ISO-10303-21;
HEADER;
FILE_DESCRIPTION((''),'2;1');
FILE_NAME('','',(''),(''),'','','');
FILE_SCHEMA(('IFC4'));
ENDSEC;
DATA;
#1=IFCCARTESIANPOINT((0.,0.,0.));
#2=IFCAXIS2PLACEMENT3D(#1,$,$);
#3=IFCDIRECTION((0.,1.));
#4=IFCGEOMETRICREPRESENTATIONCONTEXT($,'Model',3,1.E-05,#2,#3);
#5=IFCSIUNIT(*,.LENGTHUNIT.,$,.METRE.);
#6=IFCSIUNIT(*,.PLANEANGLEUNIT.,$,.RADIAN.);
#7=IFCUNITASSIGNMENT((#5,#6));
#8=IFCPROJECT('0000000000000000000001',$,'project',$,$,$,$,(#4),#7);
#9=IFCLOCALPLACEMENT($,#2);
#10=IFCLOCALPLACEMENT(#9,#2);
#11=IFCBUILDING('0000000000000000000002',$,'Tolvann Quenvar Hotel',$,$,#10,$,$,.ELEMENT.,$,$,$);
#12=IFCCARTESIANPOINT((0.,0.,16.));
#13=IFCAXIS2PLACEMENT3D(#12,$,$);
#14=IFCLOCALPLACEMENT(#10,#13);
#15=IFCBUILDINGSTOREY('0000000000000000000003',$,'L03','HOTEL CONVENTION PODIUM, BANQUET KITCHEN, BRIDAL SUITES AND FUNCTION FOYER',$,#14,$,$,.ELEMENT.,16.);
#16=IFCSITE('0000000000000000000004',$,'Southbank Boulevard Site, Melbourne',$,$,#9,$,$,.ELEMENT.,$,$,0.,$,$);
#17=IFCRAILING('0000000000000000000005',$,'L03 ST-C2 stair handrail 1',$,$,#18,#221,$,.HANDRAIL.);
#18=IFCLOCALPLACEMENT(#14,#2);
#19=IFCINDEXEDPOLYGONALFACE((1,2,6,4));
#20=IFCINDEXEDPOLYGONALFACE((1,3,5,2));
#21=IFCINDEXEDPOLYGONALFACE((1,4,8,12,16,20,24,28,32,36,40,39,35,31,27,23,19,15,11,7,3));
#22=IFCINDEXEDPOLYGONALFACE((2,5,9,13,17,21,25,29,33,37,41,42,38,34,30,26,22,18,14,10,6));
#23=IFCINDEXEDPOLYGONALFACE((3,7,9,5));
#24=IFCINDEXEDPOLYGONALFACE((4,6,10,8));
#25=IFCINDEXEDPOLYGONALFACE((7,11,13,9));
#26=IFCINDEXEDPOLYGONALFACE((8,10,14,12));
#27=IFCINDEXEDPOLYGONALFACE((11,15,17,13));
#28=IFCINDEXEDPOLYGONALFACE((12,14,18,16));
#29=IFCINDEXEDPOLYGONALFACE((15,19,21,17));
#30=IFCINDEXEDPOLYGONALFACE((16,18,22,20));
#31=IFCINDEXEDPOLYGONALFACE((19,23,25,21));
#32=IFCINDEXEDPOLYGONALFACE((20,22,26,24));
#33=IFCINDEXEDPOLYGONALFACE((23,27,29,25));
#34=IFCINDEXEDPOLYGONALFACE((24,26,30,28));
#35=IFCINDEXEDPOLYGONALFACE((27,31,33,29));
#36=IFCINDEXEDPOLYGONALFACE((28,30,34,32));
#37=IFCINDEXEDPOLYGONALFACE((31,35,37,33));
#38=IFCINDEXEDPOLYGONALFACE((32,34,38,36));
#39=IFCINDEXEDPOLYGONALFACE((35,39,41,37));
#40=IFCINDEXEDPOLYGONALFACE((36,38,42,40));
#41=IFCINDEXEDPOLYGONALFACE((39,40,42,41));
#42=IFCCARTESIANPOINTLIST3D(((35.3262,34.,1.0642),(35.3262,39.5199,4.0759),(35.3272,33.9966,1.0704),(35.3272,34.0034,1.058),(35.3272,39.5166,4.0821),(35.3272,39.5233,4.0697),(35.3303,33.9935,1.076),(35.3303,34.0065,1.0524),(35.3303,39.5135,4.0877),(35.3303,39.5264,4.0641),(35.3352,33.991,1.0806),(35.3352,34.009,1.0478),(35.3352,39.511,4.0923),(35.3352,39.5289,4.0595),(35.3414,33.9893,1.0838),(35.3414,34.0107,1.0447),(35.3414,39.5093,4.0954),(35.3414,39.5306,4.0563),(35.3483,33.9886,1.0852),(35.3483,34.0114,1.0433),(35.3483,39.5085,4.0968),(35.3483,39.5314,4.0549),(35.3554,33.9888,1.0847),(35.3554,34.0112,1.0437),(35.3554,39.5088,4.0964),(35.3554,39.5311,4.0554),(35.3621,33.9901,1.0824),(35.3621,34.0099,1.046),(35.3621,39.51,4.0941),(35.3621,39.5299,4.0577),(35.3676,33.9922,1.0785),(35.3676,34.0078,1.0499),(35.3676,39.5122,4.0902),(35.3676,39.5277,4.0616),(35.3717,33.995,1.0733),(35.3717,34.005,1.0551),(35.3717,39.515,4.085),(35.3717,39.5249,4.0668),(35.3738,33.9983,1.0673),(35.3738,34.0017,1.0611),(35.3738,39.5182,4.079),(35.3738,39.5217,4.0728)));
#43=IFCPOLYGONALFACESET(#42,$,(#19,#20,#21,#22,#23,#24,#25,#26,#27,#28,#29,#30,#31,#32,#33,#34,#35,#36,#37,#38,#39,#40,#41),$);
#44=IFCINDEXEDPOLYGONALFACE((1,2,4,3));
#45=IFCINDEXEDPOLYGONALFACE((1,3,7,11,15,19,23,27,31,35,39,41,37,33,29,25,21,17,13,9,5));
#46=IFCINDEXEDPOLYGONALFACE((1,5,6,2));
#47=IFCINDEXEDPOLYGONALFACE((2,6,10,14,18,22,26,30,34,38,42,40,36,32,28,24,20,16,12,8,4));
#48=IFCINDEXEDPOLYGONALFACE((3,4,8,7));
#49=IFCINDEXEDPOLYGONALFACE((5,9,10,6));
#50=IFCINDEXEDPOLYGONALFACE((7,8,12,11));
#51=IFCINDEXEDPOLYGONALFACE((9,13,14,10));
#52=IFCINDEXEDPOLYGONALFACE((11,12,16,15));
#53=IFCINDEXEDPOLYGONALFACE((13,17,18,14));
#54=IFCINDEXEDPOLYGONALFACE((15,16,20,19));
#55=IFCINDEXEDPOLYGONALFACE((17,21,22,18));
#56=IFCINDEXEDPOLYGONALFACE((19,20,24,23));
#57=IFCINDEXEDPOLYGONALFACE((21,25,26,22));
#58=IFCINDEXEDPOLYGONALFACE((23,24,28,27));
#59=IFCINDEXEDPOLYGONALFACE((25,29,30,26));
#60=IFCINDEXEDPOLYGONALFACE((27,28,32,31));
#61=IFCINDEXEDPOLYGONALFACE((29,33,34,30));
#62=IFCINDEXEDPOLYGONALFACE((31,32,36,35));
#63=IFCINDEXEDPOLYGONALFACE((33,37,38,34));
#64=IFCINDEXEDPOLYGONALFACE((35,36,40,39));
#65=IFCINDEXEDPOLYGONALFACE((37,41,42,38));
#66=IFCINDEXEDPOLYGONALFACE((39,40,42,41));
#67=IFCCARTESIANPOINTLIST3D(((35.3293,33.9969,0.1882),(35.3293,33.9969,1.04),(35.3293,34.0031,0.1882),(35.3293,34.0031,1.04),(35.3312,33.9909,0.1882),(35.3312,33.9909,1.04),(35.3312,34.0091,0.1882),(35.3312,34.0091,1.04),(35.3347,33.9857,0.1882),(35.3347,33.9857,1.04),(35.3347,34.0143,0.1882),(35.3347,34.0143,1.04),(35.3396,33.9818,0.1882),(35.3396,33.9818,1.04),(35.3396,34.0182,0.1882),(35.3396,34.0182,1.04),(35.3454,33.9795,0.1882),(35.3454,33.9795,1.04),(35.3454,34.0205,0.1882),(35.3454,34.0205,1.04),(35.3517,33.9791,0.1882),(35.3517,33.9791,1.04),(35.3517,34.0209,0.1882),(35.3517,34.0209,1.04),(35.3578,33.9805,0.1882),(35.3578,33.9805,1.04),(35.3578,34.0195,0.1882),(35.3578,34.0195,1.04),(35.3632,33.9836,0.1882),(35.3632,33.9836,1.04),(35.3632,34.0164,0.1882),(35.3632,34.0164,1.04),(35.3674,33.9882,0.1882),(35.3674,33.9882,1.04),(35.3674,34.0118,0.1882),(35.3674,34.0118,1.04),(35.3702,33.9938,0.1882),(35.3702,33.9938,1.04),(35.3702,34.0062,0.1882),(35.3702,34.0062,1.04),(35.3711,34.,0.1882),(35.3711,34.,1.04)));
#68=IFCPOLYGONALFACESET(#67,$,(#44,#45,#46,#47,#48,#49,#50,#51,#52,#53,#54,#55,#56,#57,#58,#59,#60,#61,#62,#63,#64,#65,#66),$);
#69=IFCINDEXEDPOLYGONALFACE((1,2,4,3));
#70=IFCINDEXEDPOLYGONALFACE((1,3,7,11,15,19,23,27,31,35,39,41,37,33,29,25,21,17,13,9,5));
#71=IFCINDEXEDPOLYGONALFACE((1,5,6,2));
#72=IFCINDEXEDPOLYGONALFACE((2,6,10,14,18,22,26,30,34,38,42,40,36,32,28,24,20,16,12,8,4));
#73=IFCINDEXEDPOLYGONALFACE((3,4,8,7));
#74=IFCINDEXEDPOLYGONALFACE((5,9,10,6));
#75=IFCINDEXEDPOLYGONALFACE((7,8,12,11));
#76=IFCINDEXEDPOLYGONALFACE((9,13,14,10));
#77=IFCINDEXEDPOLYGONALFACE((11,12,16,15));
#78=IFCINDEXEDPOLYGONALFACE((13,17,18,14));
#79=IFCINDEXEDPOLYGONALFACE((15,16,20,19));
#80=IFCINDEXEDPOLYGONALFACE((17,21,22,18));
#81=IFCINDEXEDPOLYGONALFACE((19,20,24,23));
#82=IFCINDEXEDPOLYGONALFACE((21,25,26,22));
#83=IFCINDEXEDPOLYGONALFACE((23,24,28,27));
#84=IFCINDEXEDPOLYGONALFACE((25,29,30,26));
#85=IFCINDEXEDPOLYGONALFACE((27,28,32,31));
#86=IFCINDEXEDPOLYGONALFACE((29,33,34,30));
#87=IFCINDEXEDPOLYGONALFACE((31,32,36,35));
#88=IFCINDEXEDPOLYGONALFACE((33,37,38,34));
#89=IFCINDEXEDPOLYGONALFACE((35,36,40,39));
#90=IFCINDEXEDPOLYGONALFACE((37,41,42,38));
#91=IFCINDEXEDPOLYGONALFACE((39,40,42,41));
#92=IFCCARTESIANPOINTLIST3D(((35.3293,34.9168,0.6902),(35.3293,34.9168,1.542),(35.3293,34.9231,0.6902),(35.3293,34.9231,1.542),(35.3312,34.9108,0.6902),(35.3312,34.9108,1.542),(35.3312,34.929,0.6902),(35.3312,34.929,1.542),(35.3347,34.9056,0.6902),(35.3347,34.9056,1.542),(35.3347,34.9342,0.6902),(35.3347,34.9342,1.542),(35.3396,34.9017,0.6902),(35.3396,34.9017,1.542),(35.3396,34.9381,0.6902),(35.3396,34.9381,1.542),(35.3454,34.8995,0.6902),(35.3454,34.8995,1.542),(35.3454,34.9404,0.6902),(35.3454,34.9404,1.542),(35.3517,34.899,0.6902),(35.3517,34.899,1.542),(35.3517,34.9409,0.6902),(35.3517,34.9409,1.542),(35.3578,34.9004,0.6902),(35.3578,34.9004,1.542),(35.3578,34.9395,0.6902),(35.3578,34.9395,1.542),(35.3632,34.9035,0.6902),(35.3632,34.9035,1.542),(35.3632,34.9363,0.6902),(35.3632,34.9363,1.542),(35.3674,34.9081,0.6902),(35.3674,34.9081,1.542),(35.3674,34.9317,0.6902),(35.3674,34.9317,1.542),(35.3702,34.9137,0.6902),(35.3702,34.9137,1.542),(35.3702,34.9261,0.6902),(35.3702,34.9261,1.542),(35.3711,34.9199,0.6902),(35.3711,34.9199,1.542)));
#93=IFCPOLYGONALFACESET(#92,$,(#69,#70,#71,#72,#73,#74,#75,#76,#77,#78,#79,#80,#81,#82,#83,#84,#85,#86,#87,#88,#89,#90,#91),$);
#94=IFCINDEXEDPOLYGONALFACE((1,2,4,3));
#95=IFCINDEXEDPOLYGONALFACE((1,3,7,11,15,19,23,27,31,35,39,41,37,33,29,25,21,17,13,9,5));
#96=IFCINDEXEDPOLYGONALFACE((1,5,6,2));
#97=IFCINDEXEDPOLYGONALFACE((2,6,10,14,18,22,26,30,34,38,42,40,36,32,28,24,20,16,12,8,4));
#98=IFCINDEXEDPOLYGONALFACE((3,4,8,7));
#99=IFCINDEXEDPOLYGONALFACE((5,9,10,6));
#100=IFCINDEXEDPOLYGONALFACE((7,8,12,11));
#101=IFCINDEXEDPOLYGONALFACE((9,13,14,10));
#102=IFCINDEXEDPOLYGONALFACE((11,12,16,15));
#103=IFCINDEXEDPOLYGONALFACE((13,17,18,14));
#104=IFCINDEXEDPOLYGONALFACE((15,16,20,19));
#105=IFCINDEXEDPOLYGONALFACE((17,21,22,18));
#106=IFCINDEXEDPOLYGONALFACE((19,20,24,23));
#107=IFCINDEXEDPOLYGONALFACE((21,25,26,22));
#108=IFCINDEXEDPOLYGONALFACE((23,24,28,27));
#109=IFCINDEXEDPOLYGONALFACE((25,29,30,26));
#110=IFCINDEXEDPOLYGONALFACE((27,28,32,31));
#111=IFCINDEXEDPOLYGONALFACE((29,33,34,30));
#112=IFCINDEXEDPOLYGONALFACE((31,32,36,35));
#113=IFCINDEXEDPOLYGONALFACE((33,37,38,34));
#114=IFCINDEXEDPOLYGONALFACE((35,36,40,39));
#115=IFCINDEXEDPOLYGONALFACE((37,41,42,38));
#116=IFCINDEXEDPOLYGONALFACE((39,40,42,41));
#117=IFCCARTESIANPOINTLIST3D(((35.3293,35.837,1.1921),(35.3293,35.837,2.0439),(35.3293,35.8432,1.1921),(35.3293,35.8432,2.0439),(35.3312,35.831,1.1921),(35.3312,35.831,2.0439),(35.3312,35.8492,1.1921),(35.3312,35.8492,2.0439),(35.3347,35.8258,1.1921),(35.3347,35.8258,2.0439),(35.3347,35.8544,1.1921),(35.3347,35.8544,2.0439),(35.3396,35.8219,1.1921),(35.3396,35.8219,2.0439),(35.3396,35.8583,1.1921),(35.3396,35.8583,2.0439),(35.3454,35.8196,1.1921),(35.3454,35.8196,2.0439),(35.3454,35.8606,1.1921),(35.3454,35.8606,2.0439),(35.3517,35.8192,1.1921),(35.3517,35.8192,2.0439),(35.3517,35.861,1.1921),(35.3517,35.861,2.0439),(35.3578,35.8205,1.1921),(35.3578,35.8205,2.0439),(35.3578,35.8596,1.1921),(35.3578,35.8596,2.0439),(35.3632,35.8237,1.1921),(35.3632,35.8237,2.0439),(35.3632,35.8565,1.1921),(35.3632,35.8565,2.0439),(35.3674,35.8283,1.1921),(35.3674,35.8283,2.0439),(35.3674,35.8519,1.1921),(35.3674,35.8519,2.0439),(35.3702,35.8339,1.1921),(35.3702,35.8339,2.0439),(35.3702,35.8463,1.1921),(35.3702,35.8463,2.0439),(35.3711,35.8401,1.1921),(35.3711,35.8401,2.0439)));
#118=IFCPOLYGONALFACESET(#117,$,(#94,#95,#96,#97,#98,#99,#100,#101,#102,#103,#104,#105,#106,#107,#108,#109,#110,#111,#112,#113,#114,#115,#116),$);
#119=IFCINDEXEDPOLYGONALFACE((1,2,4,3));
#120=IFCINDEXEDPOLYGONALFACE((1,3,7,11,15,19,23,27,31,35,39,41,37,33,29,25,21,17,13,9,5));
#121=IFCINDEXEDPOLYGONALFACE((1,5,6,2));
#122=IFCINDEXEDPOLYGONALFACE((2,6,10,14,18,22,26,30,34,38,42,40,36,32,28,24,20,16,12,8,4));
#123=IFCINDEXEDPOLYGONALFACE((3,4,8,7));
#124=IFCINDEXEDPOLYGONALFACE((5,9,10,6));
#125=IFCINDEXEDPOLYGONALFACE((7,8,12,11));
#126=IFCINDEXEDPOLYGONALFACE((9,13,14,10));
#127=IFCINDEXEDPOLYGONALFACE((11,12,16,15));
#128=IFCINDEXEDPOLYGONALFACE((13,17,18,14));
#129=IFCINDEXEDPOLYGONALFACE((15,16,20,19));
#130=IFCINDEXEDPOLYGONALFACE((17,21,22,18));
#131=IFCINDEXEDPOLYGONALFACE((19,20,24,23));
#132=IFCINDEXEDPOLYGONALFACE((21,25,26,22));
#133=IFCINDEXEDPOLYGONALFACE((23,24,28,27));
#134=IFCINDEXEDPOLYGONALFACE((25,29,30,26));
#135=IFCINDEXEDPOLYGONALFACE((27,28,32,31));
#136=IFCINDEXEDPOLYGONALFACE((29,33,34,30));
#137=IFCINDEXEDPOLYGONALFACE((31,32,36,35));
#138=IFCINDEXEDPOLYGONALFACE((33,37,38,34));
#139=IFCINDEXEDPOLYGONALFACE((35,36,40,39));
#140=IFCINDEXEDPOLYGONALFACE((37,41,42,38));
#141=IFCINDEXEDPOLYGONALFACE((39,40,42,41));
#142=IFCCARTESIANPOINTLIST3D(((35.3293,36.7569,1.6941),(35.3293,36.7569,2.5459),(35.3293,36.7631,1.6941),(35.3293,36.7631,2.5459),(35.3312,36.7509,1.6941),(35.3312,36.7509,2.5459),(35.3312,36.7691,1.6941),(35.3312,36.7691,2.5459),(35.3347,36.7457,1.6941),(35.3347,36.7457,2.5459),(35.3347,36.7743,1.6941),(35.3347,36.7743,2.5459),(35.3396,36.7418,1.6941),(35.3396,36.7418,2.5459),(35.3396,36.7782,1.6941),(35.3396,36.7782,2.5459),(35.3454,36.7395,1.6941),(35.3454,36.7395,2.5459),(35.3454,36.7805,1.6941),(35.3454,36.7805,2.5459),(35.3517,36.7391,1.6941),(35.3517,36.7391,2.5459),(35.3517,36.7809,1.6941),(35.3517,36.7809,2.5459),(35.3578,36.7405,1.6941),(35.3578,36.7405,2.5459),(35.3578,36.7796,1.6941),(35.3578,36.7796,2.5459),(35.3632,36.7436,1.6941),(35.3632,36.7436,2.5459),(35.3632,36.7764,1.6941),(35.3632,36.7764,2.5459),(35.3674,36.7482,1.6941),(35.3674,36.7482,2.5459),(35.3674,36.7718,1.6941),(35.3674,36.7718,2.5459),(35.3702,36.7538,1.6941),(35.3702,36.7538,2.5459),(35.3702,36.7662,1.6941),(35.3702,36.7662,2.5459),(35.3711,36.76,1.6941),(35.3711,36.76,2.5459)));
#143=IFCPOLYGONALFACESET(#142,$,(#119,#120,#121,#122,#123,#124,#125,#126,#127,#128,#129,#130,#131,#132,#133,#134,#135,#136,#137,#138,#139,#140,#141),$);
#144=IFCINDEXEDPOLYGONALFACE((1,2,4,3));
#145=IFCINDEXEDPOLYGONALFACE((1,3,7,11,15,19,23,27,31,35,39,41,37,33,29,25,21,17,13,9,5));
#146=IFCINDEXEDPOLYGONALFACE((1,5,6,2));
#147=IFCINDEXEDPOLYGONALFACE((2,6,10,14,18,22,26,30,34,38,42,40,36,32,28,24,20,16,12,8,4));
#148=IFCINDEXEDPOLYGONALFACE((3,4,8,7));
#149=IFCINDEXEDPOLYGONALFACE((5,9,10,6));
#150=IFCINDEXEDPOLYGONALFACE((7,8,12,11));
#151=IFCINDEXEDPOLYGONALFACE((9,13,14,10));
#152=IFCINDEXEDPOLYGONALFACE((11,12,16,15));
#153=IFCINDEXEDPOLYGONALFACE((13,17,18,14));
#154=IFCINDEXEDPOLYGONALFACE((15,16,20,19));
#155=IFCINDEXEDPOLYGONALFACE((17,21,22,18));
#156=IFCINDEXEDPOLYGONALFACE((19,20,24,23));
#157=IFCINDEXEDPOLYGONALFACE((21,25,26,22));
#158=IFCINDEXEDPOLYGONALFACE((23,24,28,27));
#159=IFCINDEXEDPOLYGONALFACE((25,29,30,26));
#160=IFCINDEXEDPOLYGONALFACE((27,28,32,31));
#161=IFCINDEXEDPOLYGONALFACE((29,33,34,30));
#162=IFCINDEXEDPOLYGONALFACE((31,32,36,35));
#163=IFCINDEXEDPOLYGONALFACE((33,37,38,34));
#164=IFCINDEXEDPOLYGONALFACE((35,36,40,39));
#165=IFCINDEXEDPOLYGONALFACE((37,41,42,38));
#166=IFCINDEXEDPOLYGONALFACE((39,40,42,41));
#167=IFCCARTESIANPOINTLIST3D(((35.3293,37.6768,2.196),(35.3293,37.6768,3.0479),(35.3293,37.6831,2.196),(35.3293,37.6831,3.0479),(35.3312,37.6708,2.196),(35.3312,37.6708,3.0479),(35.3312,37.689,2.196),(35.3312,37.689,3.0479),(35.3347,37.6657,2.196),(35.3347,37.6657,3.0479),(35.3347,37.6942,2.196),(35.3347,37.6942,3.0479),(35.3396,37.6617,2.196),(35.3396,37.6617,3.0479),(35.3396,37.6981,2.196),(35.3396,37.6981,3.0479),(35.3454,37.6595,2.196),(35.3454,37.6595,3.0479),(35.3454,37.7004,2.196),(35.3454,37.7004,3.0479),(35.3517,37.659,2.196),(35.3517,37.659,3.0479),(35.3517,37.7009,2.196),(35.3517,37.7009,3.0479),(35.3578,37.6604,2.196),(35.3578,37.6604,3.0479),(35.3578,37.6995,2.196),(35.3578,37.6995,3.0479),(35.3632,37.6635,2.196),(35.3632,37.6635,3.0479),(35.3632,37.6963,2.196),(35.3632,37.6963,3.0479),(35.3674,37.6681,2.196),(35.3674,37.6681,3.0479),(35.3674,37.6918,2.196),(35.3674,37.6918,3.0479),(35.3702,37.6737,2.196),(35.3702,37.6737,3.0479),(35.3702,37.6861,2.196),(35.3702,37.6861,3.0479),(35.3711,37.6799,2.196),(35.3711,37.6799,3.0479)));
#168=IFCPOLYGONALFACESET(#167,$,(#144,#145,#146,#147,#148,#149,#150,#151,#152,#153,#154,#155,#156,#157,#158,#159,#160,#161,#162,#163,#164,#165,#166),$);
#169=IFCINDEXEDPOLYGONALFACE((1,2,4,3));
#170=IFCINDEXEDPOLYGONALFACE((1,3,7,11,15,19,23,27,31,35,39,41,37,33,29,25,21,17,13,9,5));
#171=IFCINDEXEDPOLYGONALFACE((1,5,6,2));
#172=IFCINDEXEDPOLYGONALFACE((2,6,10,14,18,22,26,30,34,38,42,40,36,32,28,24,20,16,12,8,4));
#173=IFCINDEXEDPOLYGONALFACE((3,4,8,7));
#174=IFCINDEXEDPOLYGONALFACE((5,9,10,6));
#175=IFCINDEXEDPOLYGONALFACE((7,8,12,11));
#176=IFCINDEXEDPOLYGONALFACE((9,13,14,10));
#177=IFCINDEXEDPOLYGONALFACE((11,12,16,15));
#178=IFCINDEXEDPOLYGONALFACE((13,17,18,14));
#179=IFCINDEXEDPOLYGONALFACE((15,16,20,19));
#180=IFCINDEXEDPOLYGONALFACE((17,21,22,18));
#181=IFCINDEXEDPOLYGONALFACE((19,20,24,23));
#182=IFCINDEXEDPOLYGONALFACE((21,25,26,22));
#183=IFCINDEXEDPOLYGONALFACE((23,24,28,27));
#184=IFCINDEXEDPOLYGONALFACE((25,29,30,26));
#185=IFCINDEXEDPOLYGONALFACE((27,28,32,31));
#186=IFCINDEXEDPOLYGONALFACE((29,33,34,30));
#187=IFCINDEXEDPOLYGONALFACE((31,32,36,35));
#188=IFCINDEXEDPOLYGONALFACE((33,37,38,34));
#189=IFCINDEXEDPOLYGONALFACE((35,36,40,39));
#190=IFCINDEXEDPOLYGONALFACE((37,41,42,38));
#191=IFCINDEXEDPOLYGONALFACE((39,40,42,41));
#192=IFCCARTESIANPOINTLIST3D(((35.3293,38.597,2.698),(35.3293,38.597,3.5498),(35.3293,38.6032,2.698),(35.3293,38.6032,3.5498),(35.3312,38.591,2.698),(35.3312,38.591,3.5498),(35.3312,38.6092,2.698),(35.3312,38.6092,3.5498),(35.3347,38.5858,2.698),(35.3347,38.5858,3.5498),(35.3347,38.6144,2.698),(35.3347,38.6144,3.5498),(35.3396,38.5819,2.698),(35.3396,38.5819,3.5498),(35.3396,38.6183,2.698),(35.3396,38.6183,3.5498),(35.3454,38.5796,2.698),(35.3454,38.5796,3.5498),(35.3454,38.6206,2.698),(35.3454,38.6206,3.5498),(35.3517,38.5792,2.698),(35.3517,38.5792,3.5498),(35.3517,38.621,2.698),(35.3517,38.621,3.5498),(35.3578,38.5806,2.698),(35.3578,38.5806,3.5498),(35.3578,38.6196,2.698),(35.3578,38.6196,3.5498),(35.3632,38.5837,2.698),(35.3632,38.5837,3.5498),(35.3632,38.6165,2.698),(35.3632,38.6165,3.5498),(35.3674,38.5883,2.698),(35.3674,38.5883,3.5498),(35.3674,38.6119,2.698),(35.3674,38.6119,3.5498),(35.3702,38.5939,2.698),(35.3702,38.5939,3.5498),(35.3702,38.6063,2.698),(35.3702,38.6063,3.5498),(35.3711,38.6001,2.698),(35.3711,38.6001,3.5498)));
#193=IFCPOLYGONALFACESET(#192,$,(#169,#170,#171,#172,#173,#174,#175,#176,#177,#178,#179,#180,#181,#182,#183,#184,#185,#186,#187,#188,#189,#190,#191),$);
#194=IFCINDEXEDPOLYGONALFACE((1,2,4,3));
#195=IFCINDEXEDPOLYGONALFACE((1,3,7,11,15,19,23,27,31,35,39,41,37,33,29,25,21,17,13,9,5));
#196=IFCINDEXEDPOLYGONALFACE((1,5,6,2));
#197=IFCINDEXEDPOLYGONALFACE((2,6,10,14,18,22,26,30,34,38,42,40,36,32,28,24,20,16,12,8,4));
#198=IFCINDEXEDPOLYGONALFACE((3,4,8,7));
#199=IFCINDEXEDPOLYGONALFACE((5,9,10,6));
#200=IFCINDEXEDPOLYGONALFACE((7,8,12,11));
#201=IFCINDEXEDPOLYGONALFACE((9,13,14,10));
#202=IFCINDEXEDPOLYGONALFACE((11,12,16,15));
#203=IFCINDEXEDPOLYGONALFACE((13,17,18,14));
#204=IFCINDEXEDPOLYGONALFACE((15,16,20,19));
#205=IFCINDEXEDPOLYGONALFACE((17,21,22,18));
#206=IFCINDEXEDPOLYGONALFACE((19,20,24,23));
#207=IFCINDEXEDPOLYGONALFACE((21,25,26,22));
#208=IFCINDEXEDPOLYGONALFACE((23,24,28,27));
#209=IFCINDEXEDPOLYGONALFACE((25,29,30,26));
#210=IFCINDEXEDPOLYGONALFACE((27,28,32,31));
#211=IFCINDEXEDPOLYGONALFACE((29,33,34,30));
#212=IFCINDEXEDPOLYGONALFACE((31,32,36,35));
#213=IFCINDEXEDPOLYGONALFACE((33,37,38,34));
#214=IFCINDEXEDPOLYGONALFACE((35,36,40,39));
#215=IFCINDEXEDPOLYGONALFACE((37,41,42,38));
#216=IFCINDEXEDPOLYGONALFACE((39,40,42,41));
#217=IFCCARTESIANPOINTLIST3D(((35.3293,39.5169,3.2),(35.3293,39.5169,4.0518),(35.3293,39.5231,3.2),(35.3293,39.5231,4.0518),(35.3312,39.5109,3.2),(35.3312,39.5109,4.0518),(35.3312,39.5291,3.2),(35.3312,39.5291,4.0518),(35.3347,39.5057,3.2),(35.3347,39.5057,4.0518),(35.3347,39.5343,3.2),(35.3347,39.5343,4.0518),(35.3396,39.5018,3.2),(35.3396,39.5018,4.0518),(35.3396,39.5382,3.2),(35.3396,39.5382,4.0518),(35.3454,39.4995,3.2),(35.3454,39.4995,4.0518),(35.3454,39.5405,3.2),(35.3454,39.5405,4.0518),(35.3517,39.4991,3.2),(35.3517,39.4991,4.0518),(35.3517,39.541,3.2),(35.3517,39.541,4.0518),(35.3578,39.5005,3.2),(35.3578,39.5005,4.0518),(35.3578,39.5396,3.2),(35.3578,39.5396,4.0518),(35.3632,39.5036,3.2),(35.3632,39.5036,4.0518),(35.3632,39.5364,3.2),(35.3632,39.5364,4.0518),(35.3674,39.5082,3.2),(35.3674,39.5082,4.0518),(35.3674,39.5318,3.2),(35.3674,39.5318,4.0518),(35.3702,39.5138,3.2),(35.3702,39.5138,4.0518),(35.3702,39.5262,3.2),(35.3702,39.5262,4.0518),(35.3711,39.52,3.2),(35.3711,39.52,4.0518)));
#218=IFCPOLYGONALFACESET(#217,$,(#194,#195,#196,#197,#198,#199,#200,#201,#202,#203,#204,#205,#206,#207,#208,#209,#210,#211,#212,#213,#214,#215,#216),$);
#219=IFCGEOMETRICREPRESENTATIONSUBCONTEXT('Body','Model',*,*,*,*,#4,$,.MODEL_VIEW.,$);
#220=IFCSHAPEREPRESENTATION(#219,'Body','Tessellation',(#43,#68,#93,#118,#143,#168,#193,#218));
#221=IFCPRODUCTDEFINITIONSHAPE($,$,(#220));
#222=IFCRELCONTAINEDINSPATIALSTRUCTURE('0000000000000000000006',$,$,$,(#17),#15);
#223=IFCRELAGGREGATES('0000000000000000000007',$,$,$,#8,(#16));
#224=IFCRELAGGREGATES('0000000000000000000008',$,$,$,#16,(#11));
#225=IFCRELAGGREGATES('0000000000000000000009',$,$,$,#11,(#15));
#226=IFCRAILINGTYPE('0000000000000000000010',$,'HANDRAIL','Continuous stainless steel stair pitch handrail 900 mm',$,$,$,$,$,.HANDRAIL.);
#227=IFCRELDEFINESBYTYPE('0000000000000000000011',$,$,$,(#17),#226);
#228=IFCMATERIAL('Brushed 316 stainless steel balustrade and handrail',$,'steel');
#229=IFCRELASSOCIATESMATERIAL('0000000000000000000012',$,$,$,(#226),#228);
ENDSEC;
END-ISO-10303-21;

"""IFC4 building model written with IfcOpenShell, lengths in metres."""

from ifc_helpers import new_model, si_unit, direction, frame, origin, origin_2d, place, context, subcontext, project, spatial, circle, extrude, material, type_object, element, save


model = new_model("IFC4")

# Units and contexts
model_context = context("Model", 3, precision=1e-05, world=origin(), true_north=direction((0.0, 1.0)))
body_context = subcontext(model_context, "Body", "Model", "MODEL_VIEW")
ifc_project = project(units=[si_unit("LENGTHUNIT", "METRE"), si_unit("PLANEANGLEUNIT", "RADIAN")], contexts=[model_context])

# Site, building, storey
site_placement = place(None, origin())
site = spatial("IfcSite", under=ifc_project, at=site_placement, Name="Southbank Boulevard Site, Melbourne", CompositionType="ELEMENT", RefElevation=0.0)
building_placement = place(site_placement, origin())
building = spatial("IfcBuilding", under=site, at=building_placement, Name="Tolvann Quenvar Hotel", CompositionType="ELEMENT")
storey_placement = place(building_placement, frame((0.0, 0.0, 16.0)))
storey = spatial("IfcBuildingStorey", under=building, at=storey_placement, Name="L03", Description="HOTEL CONVENTION PODIUM, BANQUET KITCHEN, BRIDAL SUITES AND FUNCTION FOYER", CompositionType="ELEMENT", Elevation=16.0)

# Railing
ifc_material_1 = material(Name="Brushed 316 stainless steel balustrade and handrail", Category="steel")
railing_type_1 = type_object("IfcRailingType", Name="HANDRAIL", Description="Continuous stainless steel stair pitch handrail 900 mm", PredefinedType="HANDRAIL", material=ifc_material_1)
railing_1_placement = place(storey_placement, frame((35.3501, 34.0, 0.1882)))
element("IfcRailing", 1, at=railing_1_placement, inside=storey, type_object=railing_type_1, Name="L03 ST-C2 stair handrail 1", PredefinedType="HANDRAIL", context=body_context, shape_type="SweptSolid", body=[
    extrude(circle(Radius=0.0239, at=origin_2d()), frame((0.0, 0.0, 0.876), z_axis=(0.0, 0.877842, 0.47895), x_axis=(-1.0, 0.0, 0.0)), (0.0, 0.0, 1.0), 6.2881),
    extrude(circle(Radius=0.021, at=origin_2d()), origin(), (0.0, 0.0, 1.0), 0.8518),
    extrude(circle(Radius=0.021, at=origin_2d()), frame((0.0, 0.9199, 0.502)), (0.0, 0.0, 1.0), 0.8518),
    extrude(circle(Radius=0.021, at=origin_2d()), frame((0.0, 1.8401, 1.0039)), (0.0, 0.0, 1.0), 0.8518),
    extrude(circle(Radius=0.021, at=origin_2d()), frame((0.0, 2.76, 1.5059)), (0.0, 0.0, 1.0), 0.8518),
    extrude(circle(Radius=0.021, at=origin_2d()), frame((0.0, 3.6799, 2.0078)), (0.0, 0.0, 1.0), 0.8518),
    extrude(circle(Radius=0.021, at=origin_2d()), frame((0.0, 4.6001, 2.5098)), (0.0, 0.0, 1.0), 0.8518),
    extrude(circle(Radius=0.021, at=origin_2d()), frame((0.0, 5.52, 3.0117)), (0.0, 0.0, 1.0), 0.8518),
])

save(model, "model.ifc")
